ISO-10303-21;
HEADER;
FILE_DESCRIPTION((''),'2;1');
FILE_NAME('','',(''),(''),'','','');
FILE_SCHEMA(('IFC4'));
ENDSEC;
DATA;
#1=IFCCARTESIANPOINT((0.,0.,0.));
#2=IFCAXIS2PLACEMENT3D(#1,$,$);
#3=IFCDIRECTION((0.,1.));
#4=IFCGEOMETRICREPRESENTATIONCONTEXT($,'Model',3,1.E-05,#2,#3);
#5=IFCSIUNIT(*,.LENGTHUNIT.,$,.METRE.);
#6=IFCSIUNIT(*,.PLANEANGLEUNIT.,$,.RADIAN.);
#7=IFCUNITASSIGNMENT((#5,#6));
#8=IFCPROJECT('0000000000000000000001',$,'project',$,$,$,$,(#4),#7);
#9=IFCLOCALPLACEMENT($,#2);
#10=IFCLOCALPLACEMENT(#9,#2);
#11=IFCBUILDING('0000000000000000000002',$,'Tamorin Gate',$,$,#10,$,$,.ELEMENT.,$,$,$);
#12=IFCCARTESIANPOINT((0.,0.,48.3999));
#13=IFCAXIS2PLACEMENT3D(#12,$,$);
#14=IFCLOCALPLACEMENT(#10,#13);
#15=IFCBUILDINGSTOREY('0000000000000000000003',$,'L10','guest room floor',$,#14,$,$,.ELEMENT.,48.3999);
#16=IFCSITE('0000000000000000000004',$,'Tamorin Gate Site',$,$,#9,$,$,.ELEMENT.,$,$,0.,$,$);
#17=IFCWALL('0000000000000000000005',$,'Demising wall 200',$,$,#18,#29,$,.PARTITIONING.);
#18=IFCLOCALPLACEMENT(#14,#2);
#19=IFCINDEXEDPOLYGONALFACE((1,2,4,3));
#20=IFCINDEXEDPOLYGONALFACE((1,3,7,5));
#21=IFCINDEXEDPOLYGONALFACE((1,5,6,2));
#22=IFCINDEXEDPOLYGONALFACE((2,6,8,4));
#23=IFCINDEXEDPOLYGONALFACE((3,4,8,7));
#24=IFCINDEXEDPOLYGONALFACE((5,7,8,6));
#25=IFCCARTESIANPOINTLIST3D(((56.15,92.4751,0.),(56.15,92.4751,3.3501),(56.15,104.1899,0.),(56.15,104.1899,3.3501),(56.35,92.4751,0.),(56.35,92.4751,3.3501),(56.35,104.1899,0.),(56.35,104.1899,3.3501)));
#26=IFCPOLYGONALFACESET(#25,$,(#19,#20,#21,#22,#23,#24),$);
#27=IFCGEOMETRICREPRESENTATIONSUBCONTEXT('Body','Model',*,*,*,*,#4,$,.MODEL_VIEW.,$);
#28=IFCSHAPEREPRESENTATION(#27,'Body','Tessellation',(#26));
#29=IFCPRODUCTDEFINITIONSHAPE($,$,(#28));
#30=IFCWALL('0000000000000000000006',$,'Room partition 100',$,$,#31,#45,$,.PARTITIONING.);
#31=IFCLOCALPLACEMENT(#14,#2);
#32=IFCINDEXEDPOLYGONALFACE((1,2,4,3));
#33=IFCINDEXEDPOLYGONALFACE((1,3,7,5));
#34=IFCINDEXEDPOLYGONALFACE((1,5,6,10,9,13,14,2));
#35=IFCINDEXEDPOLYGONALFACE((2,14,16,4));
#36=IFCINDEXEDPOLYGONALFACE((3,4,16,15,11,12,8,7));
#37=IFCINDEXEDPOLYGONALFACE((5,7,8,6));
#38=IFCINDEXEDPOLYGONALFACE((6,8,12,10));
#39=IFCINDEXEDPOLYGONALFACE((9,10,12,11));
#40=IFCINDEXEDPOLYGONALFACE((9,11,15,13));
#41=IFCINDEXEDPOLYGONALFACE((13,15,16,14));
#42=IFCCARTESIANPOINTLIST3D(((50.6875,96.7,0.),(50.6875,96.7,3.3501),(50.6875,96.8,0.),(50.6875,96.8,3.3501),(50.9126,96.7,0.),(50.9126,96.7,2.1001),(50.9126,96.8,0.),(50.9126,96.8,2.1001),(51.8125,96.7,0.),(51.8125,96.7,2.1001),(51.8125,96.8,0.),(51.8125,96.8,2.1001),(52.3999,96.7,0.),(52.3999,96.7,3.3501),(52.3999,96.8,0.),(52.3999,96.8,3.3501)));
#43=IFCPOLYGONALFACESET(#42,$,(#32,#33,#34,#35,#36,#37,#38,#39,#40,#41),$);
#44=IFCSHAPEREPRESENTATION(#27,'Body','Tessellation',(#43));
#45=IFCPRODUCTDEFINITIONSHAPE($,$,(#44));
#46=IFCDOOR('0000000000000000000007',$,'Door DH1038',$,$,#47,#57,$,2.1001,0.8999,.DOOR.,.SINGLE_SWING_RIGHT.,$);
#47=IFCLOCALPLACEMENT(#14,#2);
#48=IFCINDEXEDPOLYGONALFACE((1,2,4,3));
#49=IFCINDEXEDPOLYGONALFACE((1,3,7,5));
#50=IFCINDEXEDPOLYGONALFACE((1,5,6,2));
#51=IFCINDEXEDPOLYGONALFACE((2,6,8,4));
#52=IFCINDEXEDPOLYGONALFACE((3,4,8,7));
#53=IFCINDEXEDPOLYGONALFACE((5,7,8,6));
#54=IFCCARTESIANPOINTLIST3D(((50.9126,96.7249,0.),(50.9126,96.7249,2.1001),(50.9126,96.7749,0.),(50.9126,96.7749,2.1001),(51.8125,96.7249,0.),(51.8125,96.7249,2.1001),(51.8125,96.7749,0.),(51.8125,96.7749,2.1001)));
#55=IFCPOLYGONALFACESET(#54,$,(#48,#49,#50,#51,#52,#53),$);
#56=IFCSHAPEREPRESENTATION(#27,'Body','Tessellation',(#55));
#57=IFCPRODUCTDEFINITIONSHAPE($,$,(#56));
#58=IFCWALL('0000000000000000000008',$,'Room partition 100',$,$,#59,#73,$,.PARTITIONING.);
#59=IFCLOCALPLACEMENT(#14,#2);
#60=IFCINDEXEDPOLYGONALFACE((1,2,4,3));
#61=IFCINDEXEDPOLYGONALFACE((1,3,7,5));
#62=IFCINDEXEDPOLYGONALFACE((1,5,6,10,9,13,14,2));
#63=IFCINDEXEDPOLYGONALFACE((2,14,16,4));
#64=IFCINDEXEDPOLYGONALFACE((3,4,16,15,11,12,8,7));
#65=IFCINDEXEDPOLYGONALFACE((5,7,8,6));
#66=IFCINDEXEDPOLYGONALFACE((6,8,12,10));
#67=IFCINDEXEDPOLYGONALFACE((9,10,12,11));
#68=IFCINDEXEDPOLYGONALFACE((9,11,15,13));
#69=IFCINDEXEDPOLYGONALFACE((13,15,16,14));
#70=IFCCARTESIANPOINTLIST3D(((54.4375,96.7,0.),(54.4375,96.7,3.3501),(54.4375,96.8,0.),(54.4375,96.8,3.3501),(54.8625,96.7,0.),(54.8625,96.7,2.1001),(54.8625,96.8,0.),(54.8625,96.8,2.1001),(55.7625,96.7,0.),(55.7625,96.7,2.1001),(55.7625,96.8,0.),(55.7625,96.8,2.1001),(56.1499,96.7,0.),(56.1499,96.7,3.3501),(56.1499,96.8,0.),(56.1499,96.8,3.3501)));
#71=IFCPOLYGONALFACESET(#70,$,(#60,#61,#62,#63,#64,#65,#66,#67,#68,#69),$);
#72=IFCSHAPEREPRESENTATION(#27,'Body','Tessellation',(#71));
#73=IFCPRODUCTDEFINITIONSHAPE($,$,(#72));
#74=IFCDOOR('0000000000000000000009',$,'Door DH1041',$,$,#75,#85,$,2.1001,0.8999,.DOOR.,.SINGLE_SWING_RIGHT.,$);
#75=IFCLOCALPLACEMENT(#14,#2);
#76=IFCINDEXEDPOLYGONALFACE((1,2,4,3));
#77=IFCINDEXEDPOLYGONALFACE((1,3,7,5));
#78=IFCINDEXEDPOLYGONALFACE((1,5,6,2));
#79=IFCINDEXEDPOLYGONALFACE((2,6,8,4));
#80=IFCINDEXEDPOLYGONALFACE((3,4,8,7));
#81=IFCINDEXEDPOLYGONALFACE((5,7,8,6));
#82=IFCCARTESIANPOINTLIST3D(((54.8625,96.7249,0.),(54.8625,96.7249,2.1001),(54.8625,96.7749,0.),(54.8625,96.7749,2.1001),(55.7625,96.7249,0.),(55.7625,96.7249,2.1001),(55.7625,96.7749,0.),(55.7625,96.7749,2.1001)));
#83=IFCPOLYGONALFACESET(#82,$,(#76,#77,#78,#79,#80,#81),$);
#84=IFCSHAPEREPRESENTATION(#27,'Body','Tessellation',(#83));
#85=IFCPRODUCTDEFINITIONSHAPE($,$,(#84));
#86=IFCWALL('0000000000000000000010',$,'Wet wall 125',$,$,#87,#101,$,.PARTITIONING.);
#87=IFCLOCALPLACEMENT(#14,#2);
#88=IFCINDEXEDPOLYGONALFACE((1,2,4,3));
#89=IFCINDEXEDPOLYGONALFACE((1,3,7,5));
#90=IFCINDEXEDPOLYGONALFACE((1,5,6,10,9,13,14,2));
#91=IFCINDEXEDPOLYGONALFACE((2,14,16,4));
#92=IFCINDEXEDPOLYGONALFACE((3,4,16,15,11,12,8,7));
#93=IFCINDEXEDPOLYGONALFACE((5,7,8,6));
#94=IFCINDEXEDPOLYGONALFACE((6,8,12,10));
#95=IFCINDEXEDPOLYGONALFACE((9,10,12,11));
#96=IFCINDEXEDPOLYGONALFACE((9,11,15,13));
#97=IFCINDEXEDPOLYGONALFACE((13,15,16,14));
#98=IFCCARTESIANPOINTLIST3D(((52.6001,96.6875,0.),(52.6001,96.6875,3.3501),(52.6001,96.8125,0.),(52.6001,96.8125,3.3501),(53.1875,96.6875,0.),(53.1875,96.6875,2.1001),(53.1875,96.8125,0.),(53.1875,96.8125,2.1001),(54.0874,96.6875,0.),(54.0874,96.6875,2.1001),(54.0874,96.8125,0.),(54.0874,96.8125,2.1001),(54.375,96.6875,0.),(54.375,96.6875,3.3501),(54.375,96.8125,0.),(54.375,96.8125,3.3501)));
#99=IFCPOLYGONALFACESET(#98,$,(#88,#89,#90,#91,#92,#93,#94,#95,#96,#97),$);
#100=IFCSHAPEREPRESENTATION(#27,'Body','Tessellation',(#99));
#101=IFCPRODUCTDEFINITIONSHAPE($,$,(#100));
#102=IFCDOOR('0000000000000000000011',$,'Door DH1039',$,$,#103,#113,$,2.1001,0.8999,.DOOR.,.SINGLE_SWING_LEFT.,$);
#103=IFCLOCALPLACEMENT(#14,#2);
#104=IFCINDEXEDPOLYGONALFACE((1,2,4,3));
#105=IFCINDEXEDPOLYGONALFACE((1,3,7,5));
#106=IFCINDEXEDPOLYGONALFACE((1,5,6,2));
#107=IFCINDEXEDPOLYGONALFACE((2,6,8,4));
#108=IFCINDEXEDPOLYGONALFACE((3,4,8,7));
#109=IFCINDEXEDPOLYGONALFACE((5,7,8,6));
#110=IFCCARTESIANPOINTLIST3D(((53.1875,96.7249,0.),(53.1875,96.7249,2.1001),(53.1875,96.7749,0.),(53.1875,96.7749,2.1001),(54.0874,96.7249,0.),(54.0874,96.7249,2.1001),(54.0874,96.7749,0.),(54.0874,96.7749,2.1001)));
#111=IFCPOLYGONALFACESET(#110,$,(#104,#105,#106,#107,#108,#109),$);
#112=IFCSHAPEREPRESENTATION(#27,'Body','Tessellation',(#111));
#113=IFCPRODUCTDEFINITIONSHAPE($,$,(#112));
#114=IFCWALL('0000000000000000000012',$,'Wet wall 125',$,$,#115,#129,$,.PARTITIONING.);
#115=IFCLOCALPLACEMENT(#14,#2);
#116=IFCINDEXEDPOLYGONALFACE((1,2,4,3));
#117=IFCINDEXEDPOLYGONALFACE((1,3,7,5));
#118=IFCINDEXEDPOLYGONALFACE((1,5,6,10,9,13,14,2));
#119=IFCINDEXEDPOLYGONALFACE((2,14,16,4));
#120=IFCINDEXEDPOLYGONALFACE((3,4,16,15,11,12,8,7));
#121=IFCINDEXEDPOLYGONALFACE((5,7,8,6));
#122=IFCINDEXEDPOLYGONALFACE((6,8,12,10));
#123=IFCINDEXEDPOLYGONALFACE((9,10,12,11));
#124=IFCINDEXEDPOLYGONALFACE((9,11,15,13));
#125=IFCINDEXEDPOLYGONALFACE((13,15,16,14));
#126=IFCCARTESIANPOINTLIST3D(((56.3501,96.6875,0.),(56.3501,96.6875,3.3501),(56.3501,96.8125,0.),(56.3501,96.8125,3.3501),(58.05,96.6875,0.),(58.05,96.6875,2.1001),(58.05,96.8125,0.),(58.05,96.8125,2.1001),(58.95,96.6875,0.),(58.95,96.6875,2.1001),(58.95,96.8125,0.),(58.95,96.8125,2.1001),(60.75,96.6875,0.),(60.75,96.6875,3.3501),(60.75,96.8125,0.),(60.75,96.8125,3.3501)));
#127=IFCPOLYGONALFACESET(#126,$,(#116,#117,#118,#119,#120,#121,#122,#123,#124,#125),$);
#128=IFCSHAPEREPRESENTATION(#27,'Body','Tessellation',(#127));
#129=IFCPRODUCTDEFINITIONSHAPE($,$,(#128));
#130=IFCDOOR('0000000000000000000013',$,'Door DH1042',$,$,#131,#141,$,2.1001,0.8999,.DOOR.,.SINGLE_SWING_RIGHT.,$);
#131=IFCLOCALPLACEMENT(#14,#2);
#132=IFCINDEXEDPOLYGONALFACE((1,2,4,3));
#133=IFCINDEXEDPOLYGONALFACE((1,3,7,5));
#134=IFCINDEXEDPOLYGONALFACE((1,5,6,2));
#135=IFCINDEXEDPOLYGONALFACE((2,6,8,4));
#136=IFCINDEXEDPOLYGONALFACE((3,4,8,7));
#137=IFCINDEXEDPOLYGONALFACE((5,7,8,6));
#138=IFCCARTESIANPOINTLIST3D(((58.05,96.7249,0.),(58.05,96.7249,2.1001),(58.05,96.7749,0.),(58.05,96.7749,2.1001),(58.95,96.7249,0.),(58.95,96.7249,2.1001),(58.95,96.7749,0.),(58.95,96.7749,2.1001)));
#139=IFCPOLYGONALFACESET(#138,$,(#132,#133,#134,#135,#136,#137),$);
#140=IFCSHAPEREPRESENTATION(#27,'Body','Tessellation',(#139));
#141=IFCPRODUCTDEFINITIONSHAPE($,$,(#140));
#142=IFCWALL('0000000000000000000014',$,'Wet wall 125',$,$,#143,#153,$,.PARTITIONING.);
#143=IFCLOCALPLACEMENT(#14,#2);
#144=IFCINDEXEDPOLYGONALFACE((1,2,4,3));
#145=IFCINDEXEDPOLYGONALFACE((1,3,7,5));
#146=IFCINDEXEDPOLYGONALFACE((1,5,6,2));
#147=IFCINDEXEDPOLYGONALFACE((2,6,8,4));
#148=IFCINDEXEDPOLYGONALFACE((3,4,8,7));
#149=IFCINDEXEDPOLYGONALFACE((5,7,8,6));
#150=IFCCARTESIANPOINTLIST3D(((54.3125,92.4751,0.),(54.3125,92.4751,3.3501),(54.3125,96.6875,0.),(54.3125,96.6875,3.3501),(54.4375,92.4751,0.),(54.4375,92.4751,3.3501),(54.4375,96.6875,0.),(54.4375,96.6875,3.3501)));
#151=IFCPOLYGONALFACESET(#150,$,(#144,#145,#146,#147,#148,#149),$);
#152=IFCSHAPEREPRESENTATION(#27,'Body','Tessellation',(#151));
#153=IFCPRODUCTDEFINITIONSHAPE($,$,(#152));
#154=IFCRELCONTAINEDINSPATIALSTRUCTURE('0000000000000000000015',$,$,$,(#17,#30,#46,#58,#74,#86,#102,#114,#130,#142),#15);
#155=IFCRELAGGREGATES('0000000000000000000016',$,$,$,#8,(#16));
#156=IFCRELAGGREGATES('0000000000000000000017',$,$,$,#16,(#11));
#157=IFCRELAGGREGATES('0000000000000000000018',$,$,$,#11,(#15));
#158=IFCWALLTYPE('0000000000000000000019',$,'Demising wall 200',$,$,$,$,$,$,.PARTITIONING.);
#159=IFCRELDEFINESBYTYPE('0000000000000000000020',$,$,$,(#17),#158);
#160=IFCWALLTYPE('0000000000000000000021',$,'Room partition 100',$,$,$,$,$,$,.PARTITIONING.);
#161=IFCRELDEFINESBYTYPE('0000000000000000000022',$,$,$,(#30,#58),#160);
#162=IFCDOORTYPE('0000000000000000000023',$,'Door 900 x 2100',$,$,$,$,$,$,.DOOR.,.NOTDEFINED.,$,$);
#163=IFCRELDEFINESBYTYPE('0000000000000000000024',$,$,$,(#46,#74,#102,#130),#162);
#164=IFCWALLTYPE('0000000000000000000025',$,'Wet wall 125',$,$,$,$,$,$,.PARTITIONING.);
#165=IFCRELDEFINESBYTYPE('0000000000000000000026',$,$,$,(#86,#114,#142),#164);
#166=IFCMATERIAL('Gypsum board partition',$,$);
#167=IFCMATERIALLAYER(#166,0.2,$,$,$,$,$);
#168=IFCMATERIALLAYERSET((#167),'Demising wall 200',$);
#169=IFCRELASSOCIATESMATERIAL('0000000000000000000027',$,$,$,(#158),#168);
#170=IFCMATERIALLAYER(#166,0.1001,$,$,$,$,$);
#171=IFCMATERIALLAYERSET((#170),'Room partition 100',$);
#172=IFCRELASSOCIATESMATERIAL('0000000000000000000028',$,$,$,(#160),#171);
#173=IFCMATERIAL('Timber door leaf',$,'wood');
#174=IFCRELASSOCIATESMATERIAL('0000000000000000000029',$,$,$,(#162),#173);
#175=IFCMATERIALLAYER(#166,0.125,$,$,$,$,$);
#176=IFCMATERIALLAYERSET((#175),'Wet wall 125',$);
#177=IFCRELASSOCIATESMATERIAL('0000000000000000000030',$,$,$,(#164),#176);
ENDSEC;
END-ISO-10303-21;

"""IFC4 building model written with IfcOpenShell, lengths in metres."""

from ifc_helpers import new_model, si_unit, direction, frame, frame_2d, origin, place, context, subcontext, project, spatial, rectangle, extrude, material, layer, layer_set, type_object, element, fill, save


model = new_model("IFC4")

# Units and contexts
model_context = context("Model", 3, precision=1e-05, world=origin(), true_north=direction((0.0, 1.0)))
body_context = subcontext(model_context, "Body", "Model", "MODEL_VIEW")
ifc_project = project(units=[si_unit("LENGTHUNIT", "METRE"), si_unit("PLANEANGLEUNIT", "RADIAN")], contexts=[model_context])

# Site, building, storey
site_placement = place(None, origin())
site = spatial("IfcSite", under=ifc_project, at=site_placement, Name="Tamorin Gate Site", CompositionType="ELEMENT", RefElevation=0.0)
building_placement = place(site_placement, origin())
building = spatial("IfcBuilding", under=site, at=building_placement, Name="Tamorin Gate", CompositionType="ELEMENT")
storey_placement = place(building_placement, frame((0.0, 0.0, 48.3999)))
storey = spatial("IfcBuildingStorey", under=building, at=storey_placement, Name="L10", Description="guest room floor", CompositionType="ELEMENT", Elevation=48.3999)

# Wall
ifc_material_1 = material(Name="Gypsum board partition")
ifc_layer_1 = layer(ifc_material_1, 0.2)
ifc_layer_set_1 = layer_set([ifc_layer_1], Name="Demising wall 200")
wall_type_1 = type_object("IfcWallType", Name="Demising wall 200", PredefinedType="PARTITIONING", material=ifc_layer_set_1)
wall_1_placement = place(storey_placement, frame((56.25, 92.4751, 0.0), z_axis=(0.0, 0.0, 1.0), x_axis=(0.0, 1.0, 0.0)))
element("IfcWall", 1, at=wall_1_placement, inside=storey, type_object=wall_type_1, Name="Demising wall 200", PredefinedType="PARTITIONING", context=body_context, shape_type="SweptSolid", body=[
    extrude(rectangle(XDim=11.7148, YDim=0.2, at=frame_2d((5.8574, 0.0))), origin(), (0.0, 0.0, 1.0), 3.3501),
])

# Walls, openings, doors
ifc_layer_2 = layer(ifc_material_1, 0.1001)
ifc_layer_set_2 = layer_set([ifc_layer_2], Name="Room partition 100")
wall_type_2 = type_object("IfcWallType", Name="Room partition 100", PredefinedType="PARTITIONING", material=ifc_layer_set_2)
wall_2_placement = place(storey_placement, frame((50.6875, 96.75, 0.0), z_axis=(0.0, 0.0, 1.0), x_axis=(1.0, 0.0, 0.0)))
wall_2 = element("IfcWall", 2, at=wall_2_placement, inside=storey, type_object=wall_type_2, Name="Room partition 100", PredefinedType="PARTITIONING", context=body_context, shape_type="SweptSolid", body=[
    extrude(rectangle(XDim=1.7124, YDim=0.1001, at=frame_2d((0.8562, 0.0))), origin(), (0.0, 0.0, 1.0), 3.3501),
])
opening_1_placement = place(wall_2_placement, frame((0.2251, 0.0, 0.0)))
opening_1 = element("IfcOpeningElement", 3, at=opening_1_placement, cuts=wall_2, PredefinedType="OPENING", context=body_context, shape_type="SweptSolid", body=[
    extrude(rectangle(XDim=0.8999, YDim=2.1001, at=frame_2d((0.45, 1.05))), frame((0.0, 0.0601, 0.0), z_axis=(0.0, -1.0, 0.0), x_axis=(1.0, 0.0, 0.0)), (0.0, 0.0, 1.0), 0.1201),
])
ifc_material_2 = material(Name="Timber door leaf", Category="wood")
door_type = type_object("IfcDoorType", Name="Door 900 x 2100", OperationType="NOTDEFINED", PredefinedType="DOOR", material=ifc_material_2)
door_1_placement = place(opening_1_placement, origin())
door_1 = element("IfcDoor", 4, at=door_1_placement, inside=storey, type_object=door_type, Name="Door DH1038", OperationType="SINGLE_SWING_RIGHT", OverallHeight=2.1001, OverallWidth=0.8999, PredefinedType="DOOR", context=body_context, shape_type="SweptSolid", body=[
    extrude(rectangle(XDim=0.8999, YDim=2.1001, at=frame_2d((0.45, 1.05))), frame((0.0, 0.0249, 0.0), z_axis=(0.0, -1.0, 0.0), x_axis=(1.0, 0.0, 0.0)), (0.0, 0.0, 1.0), 0.05),
])
fill(opening_1, door_1)
wall_3_placement = place(storey_placement, frame((54.4375, 96.75, 0.0), z_axis=(0.0, 0.0, 1.0), x_axis=(1.0, 0.0, 0.0)))
wall_3 = element("IfcWall", 5, at=wall_3_placement, inside=storey, type_object=wall_type_2, Name="Room partition 100", PredefinedType="PARTITIONING", context=body_context, shape_type="SweptSolid", body=[
    extrude(rectangle(XDim=1.7124, YDim=0.1001, at=frame_2d((0.8562, 0.0))), origin(), (0.0, 0.0, 1.0), 3.3501),
])
opening_2_placement = place(wall_3_placement, frame((0.425, 0.0, 0.0)))
opening_2 = element("IfcOpeningElement", 6, at=opening_2_placement, cuts=wall_3, PredefinedType="OPENING", context=body_context, shape_type="SweptSolid", body=[
    extrude(rectangle(XDim=0.8999, YDim=2.1001, at=frame_2d((0.45, 1.05))), frame((0.0, 0.0601, 0.0), z_axis=(0.0, -1.0, 0.0), x_axis=(1.0, 0.0, 0.0)), (0.0, 0.0, 1.0), 0.1201),
])
door_2_placement = place(opening_2_placement, origin())
door_2 = element("IfcDoor", 7, at=door_2_placement, inside=storey, type_object=door_type, Name="Door DH1041", OperationType="SINGLE_SWING_RIGHT", OverallHeight=2.1001, OverallWidth=0.8999, PredefinedType="DOOR", context=body_context, shape_type="SweptSolid", body=[
    extrude(rectangle(XDim=0.8999, YDim=2.1001, at=frame_2d((0.45, 1.05))), frame((0.0, 0.0249, 0.0), z_axis=(0.0, -1.0, 0.0), x_axis=(1.0, 0.0, 0.0)), (0.0, 0.0, 1.0), 0.05),
])
fill(opening_2, door_2)
ifc_layer_3 = layer(ifc_material_1, 0.125)
ifc_layer_set_3 = layer_set([ifc_layer_3], Name="Wet wall 125")
wall_type_3 = type_object("IfcWallType", Name="Wet wall 125", PredefinedType="PARTITIONING", material=ifc_layer_set_3)
wall_4_placement = place(storey_placement, frame((52.6001, 96.75, 0.0), z_axis=(0.0, 0.0, 1.0), x_axis=(1.0, 0.0, 0.0)))
wall_4 = element("IfcWall", 8, at=wall_4_placement, inside=storey, type_object=wall_type_3, Name="Wet wall 125", PredefinedType="PARTITIONING", context=body_context, shape_type="SweptSolid", body=[
    extrude(rectangle(XDim=1.7749, YDim=0.125, at=frame_2d((0.8875, 0.0))), origin(), (0.0, 0.0, 1.0), 3.3501),
])
opening_3_placement = place(wall_4_placement, frame((0.5874, 0.0, 0.0)))
opening_3 = element("IfcOpeningElement", 9, at=opening_3_placement, cuts=wall_4, PredefinedType="OPENING", context=body_context, shape_type="SweptSolid", body=[
    extrude(rectangle(XDim=0.8999, YDim=2.1001, at=frame_2d((0.45, 1.05))), frame((0.0, 0.0725, 0.0), z_axis=(0.0, -1.0, 0.0), x_axis=(1.0, 0.0, 0.0)), (0.0, 0.0, 1.0), 0.145),
])
door_3_placement = place(opening_3_placement, origin())
door_3 = element("IfcDoor", 10, at=door_3_placement, inside=storey, type_object=door_type, Name="Door DH1039", OperationType="SINGLE_SWING_LEFT", OverallHeight=2.1001, OverallWidth=0.8999, PredefinedType="DOOR", context=body_context, shape_type="SweptSolid", body=[
    extrude(rectangle(XDim=0.8999, YDim=2.1001, at=frame_2d((0.45, 1.05))), frame((0.0, 0.0249, 0.0), z_axis=(0.0, -1.0, 0.0), x_axis=(1.0, 0.0, 0.0)), (0.0, 0.0, 1.0), 0.05),
])
fill(opening_3, door_3)
wall_5_placement = place(storey_placement, frame((56.3501, 96.75, 0.0), z_axis=(0.0, 0.0, 1.0), x_axis=(1.0, 0.0, 0.0)))
wall_5 = element("IfcWall", 11, at=wall_5_placement, inside=storey, type_object=wall_type_3, Name="Wet wall 125", PredefinedType="PARTITIONING", context=body_context, shape_type="SweptSolid", body=[
    extrude(rectangle(XDim=4.3999, YDim=0.125, at=frame_2d((2.2, 0.0))), origin(), (0.0, 0.0, 1.0), 3.3501),
])
opening_4_placement = place(wall_5_placement, frame((1.7, 0.0, 0.0)))
opening_4 = element("IfcOpeningElement", 12, at=opening_4_placement, cuts=wall_5, PredefinedType="OPENING", context=body_context, shape_type="SweptSolid", body=[
    extrude(rectangle(XDim=0.8999, YDim=2.1001, at=frame_2d((0.45, 1.05))), frame((0.0, 0.0725, 0.0), z_axis=(0.0, -1.0, 0.0), x_axis=(1.0, 0.0, 0.0)), (0.0, 0.0, 1.0), 0.145),
])
door_4_placement = place(opening_4_placement, origin())
door_4 = element("IfcDoor", 13, at=door_4_placement, inside=storey, type_object=door_type, Name="Door DH1042", OperationType="SINGLE_SWING_RIGHT", OverallHeight=2.1001, OverallWidth=0.8999, PredefinedType="DOOR", context=body_context, shape_type="SweptSolid", body=[
    extrude(rectangle(XDim=0.8999, YDim=2.1001, at=frame_2d((0.45, 1.05))), frame((0.0, 0.0249, 0.0), z_axis=(0.0, -1.0, 0.0), x_axis=(1.0, 0.0, 0.0)), (0.0, 0.0, 1.0), 0.05),
])
fill(opening_4, door_4)

# Wall
wall_6_placement = place(storey_placement, frame((54.375, 92.4751, 0.0), z_axis=(0.0, 0.0, 1.0), x_axis=(0.0, 1.0, 0.0)))
element("IfcWall", 14, at=wall_6_placement, inside=storey, type_object=wall_type_3, Name="Wet wall 125", PredefinedType="PARTITIONING", context=body_context, shape_type="SweptSolid", body=[
    extrude(rectangle(XDim=4.2124, YDim=0.125, at=frame_2d((2.1062, 0.0))), origin(), (0.0, 0.0, 1.0), 3.3501),
])

save(model, "model.ifc")
